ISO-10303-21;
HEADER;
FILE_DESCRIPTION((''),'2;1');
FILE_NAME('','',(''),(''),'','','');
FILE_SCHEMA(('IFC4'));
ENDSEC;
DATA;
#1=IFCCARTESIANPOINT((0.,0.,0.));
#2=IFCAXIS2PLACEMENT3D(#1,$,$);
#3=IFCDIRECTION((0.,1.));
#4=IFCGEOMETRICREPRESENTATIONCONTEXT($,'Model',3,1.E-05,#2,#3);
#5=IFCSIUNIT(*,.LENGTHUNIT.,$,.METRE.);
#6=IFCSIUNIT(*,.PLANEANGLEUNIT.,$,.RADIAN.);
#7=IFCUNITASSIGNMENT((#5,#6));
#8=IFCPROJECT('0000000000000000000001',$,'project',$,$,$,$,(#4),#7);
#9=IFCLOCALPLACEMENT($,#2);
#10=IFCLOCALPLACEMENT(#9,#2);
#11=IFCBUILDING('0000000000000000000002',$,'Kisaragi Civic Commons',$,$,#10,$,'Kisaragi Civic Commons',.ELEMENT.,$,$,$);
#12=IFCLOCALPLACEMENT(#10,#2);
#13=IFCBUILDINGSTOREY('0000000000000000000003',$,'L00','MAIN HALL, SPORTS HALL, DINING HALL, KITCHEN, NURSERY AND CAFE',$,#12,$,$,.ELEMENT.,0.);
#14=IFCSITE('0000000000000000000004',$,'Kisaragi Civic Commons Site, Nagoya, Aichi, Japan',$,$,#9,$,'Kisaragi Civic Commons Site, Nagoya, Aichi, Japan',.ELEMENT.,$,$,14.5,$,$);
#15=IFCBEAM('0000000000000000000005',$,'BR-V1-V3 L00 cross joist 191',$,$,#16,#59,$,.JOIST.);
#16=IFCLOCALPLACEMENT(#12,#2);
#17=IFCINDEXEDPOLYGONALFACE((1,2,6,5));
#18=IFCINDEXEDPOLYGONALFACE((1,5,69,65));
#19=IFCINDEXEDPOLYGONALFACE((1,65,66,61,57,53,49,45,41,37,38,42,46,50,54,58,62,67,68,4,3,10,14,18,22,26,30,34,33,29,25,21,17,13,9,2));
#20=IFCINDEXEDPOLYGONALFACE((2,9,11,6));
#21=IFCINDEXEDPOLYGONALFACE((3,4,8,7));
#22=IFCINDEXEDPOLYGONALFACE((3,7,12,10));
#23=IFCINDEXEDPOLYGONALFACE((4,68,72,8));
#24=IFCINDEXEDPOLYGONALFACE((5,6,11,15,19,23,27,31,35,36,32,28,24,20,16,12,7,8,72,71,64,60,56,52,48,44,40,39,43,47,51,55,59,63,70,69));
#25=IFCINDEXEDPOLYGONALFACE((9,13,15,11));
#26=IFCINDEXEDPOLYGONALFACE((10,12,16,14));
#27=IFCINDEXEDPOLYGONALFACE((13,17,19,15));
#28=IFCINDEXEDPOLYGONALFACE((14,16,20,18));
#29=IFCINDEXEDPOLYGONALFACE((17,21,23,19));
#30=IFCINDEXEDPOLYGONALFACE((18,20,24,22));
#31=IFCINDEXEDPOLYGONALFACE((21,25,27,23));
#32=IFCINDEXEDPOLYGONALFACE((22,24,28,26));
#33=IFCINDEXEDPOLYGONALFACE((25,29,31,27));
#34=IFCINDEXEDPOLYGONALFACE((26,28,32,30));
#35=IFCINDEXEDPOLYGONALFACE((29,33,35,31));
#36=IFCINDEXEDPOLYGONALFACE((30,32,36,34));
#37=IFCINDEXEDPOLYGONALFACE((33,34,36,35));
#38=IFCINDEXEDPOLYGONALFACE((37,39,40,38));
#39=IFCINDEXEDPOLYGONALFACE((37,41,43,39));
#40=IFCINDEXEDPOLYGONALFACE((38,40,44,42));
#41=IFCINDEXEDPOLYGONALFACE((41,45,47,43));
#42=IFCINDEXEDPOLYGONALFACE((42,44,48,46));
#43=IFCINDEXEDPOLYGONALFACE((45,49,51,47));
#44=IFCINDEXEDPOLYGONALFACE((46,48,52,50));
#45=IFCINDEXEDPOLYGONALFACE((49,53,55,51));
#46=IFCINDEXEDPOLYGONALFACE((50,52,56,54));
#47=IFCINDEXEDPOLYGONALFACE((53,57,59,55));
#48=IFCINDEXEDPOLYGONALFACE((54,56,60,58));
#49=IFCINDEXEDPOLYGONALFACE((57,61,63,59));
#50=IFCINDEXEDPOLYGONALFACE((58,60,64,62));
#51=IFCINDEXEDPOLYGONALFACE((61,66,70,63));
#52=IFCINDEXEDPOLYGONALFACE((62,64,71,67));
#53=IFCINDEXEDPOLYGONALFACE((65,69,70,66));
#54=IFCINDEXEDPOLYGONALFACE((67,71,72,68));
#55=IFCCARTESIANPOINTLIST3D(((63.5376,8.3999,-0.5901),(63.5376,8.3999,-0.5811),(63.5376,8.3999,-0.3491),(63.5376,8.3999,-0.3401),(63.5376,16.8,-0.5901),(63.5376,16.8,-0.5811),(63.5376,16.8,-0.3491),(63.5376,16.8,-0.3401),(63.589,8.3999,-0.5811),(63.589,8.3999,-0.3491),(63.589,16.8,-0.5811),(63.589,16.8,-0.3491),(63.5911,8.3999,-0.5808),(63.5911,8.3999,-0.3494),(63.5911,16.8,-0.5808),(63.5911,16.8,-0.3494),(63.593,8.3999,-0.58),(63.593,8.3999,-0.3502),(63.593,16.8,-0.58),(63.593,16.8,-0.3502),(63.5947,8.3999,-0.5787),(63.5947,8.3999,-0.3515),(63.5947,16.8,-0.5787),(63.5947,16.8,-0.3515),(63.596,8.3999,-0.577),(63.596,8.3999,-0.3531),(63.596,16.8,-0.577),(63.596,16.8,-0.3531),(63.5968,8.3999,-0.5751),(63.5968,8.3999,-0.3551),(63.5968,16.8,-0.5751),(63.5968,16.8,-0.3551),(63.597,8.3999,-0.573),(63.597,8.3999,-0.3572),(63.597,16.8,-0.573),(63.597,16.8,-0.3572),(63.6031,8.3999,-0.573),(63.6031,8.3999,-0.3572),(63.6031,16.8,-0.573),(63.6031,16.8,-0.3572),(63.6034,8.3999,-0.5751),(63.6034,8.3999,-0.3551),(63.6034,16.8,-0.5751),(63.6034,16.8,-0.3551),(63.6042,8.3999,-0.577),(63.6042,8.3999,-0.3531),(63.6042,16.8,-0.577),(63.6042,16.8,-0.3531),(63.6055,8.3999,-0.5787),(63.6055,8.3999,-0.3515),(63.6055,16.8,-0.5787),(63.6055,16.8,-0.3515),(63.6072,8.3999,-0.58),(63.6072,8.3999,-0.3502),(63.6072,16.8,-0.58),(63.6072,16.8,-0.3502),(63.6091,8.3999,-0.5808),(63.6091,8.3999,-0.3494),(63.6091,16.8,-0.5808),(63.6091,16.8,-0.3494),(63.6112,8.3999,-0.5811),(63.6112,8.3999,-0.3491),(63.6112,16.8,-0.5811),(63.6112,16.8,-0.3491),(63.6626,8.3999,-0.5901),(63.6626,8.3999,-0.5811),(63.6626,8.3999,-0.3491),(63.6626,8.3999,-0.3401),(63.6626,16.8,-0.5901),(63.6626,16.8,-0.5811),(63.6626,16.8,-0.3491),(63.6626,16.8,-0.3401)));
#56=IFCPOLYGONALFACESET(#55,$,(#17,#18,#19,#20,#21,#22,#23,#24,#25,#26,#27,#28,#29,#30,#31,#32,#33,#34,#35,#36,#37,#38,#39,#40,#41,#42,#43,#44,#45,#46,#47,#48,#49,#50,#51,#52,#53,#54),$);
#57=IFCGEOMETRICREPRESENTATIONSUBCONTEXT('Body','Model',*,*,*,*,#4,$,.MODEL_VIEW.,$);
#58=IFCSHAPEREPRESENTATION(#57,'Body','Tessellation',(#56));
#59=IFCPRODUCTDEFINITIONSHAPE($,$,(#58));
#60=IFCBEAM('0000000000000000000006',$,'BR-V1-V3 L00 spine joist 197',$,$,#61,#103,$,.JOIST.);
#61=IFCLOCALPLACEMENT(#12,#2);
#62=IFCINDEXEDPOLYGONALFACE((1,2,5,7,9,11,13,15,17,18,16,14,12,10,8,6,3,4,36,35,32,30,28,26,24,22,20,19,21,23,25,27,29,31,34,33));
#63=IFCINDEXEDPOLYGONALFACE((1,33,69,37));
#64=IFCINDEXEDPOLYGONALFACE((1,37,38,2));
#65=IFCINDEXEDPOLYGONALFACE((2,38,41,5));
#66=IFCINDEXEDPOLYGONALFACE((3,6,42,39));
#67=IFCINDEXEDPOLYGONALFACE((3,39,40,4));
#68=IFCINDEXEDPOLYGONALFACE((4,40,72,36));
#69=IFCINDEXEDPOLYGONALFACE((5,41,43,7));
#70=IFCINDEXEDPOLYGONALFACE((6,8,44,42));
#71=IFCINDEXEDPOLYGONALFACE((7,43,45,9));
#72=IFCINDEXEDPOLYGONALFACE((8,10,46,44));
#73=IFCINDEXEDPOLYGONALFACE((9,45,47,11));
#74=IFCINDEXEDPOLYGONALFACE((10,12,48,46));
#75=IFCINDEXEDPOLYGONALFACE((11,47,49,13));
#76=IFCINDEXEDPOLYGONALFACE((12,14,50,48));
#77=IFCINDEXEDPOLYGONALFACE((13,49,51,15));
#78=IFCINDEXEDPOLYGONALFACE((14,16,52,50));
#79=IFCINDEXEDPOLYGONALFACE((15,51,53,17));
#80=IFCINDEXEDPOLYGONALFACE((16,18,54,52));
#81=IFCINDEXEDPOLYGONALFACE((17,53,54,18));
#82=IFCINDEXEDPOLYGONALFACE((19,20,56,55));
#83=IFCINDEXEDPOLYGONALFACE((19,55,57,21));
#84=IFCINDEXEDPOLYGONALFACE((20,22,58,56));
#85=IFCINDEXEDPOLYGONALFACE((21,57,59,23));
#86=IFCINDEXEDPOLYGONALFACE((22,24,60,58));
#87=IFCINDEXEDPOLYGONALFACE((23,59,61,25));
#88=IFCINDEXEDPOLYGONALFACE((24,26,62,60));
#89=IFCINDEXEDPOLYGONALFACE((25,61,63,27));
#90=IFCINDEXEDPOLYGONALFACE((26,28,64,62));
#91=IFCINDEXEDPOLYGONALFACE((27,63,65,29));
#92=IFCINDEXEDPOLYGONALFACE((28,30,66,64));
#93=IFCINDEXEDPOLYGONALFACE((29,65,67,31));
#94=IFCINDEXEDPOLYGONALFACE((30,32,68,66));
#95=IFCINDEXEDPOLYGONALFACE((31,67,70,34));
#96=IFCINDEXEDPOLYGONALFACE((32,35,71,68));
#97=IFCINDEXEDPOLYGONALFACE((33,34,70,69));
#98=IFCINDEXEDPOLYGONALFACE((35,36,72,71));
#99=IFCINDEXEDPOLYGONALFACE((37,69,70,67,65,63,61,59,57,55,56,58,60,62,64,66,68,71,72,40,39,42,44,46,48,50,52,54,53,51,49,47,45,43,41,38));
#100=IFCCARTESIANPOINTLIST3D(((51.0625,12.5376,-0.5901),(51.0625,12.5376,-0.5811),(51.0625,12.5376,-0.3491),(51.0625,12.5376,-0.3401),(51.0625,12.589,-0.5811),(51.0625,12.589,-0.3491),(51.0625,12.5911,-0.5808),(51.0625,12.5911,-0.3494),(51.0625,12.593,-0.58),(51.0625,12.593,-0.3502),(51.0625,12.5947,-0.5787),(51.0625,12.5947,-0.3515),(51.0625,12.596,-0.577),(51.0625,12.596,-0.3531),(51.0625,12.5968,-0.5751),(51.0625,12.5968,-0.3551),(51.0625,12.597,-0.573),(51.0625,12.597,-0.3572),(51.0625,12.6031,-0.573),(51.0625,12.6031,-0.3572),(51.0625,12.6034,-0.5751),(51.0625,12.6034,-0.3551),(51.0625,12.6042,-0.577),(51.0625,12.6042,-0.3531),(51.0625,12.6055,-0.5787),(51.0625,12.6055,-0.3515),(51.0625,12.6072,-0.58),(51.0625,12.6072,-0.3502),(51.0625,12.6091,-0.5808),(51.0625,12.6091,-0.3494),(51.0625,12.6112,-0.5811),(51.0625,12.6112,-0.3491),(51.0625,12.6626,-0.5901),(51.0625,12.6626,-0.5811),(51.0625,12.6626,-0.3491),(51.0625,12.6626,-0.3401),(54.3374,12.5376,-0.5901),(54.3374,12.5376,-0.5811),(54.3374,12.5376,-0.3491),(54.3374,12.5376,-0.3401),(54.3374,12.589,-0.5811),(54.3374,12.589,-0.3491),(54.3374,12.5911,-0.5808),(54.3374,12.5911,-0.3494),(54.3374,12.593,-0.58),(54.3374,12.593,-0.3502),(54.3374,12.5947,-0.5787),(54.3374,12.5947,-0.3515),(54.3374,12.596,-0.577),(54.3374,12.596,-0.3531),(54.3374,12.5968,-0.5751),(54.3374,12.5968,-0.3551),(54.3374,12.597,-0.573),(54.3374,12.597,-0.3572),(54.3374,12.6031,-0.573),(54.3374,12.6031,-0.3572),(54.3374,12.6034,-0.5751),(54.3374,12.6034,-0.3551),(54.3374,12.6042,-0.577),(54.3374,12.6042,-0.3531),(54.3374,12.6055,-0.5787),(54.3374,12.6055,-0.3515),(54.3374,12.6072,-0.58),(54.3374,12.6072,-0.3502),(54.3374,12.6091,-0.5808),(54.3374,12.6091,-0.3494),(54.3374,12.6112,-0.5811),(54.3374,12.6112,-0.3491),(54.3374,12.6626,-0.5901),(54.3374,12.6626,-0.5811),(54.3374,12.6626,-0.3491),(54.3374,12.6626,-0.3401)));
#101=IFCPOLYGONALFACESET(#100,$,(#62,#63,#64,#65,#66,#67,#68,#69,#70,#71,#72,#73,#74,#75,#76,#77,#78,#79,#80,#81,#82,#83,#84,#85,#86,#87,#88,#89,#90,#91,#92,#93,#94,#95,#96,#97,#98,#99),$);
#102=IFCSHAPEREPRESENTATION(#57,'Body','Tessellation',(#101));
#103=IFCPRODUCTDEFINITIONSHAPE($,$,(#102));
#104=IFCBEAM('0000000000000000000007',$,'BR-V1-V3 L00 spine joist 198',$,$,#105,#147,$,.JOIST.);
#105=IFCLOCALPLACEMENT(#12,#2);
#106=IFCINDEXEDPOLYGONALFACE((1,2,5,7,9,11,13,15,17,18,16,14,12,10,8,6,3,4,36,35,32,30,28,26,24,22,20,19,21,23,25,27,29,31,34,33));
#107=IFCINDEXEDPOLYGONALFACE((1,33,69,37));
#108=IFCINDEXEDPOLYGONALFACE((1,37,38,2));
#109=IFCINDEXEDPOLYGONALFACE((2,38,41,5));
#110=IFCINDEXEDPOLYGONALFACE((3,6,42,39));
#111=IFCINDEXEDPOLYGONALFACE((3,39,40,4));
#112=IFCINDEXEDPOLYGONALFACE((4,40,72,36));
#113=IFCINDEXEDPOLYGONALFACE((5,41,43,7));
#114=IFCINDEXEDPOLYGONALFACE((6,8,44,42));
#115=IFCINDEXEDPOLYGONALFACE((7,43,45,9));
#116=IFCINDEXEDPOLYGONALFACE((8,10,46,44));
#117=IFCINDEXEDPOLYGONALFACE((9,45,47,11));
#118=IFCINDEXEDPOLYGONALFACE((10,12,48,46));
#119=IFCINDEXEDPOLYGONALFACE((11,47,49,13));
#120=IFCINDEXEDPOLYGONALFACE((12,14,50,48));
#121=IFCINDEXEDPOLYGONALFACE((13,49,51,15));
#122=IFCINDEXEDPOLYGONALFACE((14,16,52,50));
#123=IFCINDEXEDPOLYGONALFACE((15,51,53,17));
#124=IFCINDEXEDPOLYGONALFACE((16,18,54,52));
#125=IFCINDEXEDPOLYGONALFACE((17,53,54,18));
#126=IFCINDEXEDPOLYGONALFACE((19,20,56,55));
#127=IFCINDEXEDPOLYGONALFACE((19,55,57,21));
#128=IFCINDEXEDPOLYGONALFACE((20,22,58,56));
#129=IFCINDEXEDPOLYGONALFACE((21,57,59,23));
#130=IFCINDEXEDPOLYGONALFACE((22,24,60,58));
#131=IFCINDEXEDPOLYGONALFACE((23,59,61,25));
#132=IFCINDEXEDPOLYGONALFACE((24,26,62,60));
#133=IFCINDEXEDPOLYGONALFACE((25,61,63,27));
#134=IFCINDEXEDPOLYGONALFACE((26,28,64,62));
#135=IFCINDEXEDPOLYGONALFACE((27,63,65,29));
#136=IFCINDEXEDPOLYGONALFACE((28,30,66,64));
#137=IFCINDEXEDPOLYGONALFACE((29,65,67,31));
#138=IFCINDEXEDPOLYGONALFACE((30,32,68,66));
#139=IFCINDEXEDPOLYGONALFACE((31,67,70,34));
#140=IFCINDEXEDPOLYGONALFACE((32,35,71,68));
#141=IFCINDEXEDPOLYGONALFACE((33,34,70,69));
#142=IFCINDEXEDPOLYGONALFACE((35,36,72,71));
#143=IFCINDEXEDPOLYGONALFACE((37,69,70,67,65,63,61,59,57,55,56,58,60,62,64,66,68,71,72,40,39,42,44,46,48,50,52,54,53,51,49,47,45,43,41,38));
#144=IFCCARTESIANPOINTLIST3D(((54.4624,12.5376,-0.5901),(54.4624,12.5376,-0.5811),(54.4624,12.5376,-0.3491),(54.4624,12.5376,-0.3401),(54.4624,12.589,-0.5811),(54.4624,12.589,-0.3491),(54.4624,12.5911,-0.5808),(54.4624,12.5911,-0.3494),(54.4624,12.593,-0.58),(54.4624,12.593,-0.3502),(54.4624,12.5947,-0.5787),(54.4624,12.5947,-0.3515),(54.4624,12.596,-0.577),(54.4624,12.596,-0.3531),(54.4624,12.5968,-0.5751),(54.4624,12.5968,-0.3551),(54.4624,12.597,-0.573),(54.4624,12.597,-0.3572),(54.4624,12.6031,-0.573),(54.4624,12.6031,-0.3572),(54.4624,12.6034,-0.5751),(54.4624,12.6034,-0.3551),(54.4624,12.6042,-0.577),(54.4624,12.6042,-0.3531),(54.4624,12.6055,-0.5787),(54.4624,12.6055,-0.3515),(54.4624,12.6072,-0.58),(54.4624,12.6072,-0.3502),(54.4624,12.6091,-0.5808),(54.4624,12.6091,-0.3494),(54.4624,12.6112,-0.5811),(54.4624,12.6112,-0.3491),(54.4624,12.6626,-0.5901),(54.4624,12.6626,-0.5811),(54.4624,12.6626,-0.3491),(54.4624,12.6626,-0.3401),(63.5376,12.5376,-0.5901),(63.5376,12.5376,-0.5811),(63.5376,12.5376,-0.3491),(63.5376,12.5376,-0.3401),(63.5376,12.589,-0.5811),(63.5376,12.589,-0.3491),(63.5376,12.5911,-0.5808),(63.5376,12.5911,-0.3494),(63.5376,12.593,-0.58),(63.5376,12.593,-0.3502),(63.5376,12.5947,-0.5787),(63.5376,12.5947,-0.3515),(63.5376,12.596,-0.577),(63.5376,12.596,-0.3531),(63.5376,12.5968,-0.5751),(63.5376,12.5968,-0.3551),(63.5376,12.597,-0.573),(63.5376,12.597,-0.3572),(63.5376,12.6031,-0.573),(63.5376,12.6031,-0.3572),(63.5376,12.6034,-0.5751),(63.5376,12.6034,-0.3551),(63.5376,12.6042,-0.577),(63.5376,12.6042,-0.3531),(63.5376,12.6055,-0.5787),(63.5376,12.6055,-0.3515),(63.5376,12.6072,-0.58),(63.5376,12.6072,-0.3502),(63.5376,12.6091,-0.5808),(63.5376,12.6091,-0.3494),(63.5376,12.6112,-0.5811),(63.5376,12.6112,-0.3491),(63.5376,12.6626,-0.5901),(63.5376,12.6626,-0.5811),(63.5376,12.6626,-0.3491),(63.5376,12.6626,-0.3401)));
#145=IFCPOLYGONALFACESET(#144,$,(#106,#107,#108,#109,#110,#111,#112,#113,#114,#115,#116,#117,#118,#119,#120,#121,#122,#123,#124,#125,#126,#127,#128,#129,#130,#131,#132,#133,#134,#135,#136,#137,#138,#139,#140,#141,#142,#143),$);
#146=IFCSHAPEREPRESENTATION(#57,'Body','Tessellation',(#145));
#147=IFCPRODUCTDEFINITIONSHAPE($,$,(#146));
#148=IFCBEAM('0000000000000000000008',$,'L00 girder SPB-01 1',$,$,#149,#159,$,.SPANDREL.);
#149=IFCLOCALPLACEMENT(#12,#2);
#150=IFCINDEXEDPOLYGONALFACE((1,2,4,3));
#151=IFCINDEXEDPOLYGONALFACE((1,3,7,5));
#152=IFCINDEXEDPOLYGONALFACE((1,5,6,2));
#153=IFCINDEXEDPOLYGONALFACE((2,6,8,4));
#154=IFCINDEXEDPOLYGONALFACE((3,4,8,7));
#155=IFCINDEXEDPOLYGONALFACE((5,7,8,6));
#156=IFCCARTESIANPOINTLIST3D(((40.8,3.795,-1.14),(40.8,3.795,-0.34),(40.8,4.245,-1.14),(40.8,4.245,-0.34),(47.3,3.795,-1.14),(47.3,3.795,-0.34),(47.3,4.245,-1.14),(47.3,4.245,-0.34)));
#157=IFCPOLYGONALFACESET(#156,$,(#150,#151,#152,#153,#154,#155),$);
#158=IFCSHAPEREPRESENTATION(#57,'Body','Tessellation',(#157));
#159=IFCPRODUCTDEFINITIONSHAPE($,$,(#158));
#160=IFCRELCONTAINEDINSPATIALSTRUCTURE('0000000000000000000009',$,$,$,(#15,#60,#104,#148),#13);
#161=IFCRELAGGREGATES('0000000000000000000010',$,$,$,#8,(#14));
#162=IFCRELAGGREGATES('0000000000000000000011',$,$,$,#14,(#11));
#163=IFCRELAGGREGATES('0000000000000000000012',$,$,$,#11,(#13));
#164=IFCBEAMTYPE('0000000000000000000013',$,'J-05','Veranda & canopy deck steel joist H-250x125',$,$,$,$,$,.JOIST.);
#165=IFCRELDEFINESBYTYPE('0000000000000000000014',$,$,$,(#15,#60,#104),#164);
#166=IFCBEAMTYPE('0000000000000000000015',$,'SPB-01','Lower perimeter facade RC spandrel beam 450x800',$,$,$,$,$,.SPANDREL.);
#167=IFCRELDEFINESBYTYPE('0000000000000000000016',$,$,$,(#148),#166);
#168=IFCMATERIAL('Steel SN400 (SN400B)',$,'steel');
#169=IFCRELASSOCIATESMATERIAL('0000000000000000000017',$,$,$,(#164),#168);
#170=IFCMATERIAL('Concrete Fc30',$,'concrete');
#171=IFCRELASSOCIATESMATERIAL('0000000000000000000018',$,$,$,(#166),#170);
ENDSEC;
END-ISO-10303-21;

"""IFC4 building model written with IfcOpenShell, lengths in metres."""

from ifc_helpers import new_model, si_unit, direction, frame, origin, origin_2d, place, context, subcontext, project, spatial, rectangle, i_section, extrude, material, material_profile, profile_set, type_object, element, save


model = new_model("IFC4")

# Units and contexts
model_context = context("Model", 3, precision=1e-05, world=origin(), true_north=direction((0.0, 1.0)))
body_context = subcontext(model_context, "Body", "Model", "MODEL_VIEW")
ifc_project = project(units=[si_unit("LENGTHUNIT", "METRE"), si_unit("PLANEANGLEUNIT", "RADIAN")], contexts=[model_context])

# Site, building, storey
site_placement = place(None, origin())
site = spatial("IfcSite", under=ifc_project, at=site_placement, Name="Kisaragi Civic Commons Site, Nagoya, Aichi, Japan", LongName="Kisaragi Civic Commons Site, Nagoya, Aichi, Japan", CompositionType="ELEMENT", RefElevation=14.5)
building_placement = place(site_placement, origin())
building = spatial("IfcBuilding", under=site, at=building_placement, Name="Kisaragi Civic Commons", LongName="Kisaragi Civic Commons", CompositionType="ELEMENT")
storey_placement = place(building_placement, origin())
storey = spatial("IfcBuildingStorey", under=building, at=storey_placement, Name="L00", Description="MAIN HALL, SPORTS HALL, DINING HALL, KITCHEN, NURSERY AND CAFE", CompositionType="ELEMENT", Elevation=0.0)

# Beams
ifc_material_1 = material(Name="Steel SN400 (SN400B)", Category="steel")
ifc_material_profile_1 = material_profile(ifc_material_1, i_section(OverallWidth=0.125, OverallDepth=0.25, WebThickness=0.0061, FlangeThickness=0.009, FilletRadius=0.0081, at=origin_2d()), Name="H-250x125x6x9", Category="steel")
ifc_profile_set_1 = profile_set([ifc_material_profile_1], Name="Steel SN400 (SN400B)")
beam_type_1 = type_object("IfcBeamType", Name="J-05", Description="Veranda & canopy deck steel joist H-250x125", PredefinedType="JOIST", material=ifc_profile_set_1)
for number, where, z_axis, x_axis, name in (
    (1, (63.6001, 8.3999, -0.4651), (0.0, 1.0, 0.0), (-1.0, 0.0, 0.0), "BR-V1-V3 L00 cross joist 191"),
):
    element("IfcBeam", number, at=place(storey_placement, frame(where, z_axis=z_axis, x_axis=x_axis)), inside=storey, type_object=beam_type_1, Name=name, PredefinedType="JOIST", context=body_context, shape_type="SweptSolid", body=[
        extrude(i_section(OverallWidth=0.125, OverallDepth=0.25, WebThickness=0.0061, FlangeThickness=0.009, FilletRadius=0.0081, at=origin_2d()), origin(), (0.0, 0.0, 1.0), 8.4001),
    ])
beam_1_placement = place(storey_placement, frame((51.0625, 12.6001, -0.4651), z_axis=(1.0, 0.0, 0.0), x_axis=(0.0, 1.0, 0.0)))
element("IfcBeam", 2, at=beam_1_placement, inside=storey, type_object=beam_type_1, Name="BR-V1-V3 L00 spine joist 197", PredefinedType="JOIST", context=body_context, shape_type="SweptSolid", body=[
    extrude(i_section(OverallWidth=0.125, OverallDepth=0.25, WebThickness=0.0061, FlangeThickness=0.009, FilletRadius=0.0081, at=origin_2d()), origin(), (0.0, 0.0, 1.0), 3.2749),
])
beam_2_placement = place(storey_placement, frame((54.4624, 12.6001, -0.4651), z_axis=(1.0, 0.0, 0.0), x_axis=(0.0, 1.0, 0.0)))
element("IfcBeam", 3, at=beam_2_placement, inside=storey, type_object=beam_type_1, Name="BR-V1-V3 L00 spine joist 198", PredefinedType="JOIST", context=body_context, shape_type="SweptSolid", body=[
    extrude(i_section(OverallWidth=0.125, OverallDepth=0.25, WebThickness=0.0061, FlangeThickness=0.009, FilletRadius=0.0081, at=origin_2d()), origin(), (0.0, 0.0, 1.0), 9.0752),
])
ifc_material_2 = material(Name="Concrete Fc30", Category="concrete")
ifc_material_profile_2 = material_profile(ifc_material_2, rectangle(XDim=0.45, YDim=0.8, at=origin_2d()), Name="RC-450x800", Category="concrete")
ifc_profile_set_2 = profile_set([ifc_material_profile_2], Name="Concrete Fc30")
beam_type_2 = type_object("IfcBeamType", Name="SPB-01", Description="Lower perimeter facade RC spandrel beam 450x800", PredefinedType="SPANDREL", material=ifc_profile_set_2)
beam_3_placement = place(storey_placement, frame((40.8, 4.02, -0.74), z_axis=(1.0, 0.0, 0.0), x_axis=(0.0, 1.0, 0.0)))
element("IfcBeam", 4, at=beam_3_placement, inside=storey, type_object=beam_type_2, Name="L00 girder SPB-01 1", PredefinedType="SPANDREL", context=body_context, shape_type="SweptSolid", body=[
    extrude(rectangle(XDim=0.45, YDim=0.8, at=origin_2d()), origin(), (0.0, 0.0, 1.0), 6.5),
])

save(model, "model.ifc")
